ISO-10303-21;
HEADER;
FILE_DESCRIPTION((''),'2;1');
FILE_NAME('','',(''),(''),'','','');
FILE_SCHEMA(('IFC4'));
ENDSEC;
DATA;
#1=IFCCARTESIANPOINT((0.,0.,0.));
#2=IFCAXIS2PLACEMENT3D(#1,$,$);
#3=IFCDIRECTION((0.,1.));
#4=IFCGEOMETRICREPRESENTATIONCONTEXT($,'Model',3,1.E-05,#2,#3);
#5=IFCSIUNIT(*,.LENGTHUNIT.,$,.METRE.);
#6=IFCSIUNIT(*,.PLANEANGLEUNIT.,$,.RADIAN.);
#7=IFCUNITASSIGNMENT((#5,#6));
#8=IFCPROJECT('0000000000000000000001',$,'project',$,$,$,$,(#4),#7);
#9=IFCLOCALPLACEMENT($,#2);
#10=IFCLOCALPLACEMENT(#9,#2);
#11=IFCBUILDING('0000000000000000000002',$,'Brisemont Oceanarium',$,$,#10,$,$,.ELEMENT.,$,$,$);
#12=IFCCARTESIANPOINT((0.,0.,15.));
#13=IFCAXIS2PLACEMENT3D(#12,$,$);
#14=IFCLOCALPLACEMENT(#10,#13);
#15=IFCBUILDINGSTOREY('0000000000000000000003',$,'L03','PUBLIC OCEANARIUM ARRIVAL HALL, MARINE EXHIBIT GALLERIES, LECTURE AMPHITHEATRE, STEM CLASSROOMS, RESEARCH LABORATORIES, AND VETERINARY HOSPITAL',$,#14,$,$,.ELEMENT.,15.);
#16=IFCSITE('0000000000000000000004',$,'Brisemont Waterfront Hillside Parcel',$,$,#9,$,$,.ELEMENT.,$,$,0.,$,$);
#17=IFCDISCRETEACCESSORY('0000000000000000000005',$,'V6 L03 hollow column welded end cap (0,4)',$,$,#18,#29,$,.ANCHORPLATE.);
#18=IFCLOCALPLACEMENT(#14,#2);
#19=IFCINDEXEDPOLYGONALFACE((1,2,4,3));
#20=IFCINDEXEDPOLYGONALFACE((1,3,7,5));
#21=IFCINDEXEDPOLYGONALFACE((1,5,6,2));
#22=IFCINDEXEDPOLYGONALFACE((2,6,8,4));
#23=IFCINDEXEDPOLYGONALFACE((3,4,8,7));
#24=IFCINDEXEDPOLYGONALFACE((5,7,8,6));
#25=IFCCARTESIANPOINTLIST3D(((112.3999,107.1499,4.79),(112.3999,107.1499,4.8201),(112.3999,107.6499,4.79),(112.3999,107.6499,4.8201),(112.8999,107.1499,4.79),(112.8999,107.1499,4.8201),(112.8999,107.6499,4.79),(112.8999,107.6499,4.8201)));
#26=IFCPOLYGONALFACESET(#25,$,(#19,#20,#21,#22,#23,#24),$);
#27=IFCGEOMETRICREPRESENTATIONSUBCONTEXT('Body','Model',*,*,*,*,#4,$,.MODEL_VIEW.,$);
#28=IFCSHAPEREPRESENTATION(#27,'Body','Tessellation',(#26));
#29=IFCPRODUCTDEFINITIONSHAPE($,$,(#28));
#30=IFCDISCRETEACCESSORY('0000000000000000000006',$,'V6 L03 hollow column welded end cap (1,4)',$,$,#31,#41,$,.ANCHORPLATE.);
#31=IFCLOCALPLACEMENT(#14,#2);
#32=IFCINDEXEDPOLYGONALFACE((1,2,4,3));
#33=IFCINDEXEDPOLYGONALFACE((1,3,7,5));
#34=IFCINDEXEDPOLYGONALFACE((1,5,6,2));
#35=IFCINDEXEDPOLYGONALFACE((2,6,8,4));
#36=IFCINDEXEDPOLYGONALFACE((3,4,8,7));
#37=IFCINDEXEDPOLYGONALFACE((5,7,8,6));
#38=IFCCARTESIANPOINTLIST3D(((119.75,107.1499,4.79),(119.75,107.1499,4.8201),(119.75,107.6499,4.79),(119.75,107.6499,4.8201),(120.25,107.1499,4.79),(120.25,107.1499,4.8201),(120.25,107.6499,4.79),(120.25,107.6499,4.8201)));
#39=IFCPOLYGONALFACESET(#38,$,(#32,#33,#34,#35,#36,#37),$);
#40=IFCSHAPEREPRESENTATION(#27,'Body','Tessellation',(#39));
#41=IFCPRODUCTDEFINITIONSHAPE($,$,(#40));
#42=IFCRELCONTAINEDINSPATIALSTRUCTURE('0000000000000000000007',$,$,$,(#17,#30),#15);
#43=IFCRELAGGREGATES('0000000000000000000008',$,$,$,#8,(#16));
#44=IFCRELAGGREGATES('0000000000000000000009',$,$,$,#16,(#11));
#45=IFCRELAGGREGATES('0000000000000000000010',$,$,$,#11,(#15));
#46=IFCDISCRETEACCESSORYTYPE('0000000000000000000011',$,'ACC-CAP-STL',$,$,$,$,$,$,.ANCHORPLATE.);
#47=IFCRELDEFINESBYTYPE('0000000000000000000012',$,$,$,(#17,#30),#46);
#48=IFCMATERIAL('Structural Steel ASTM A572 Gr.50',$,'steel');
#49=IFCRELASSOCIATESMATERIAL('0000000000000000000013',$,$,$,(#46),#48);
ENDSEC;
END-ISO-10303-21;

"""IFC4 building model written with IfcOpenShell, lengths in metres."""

from ifc_helpers import new_model, si_unit, direction, frame, origin, origin_2d, place, context, subcontext, project, spatial, rectangle, extrude, material, type_object, element, save


model = new_model("IFC4")

# Units and contexts
model_context = context("Model", 3, precision=1e-05, world=origin(), true_north=direction((0.0, 1.0)))
body_context = subcontext(model_context, "Body", "Model", "MODEL_VIEW")
ifc_project = project(units=[si_unit("LENGTHUNIT", "METRE"), si_unit("PLANEANGLEUNIT", "RADIAN")], contexts=[model_context])

# Site, building, storey
site_placement = place(None, origin())
site = spatial("IfcSite", under=ifc_project, at=site_placement, Name="Brisemont Waterfront Hillside Parcel", CompositionType="ELEMENT", RefElevation=0.0)
building_placement = place(site_placement, origin())
building = spatial("IfcBuilding", under=site, at=building_placement, Name="Brisemont Oceanarium", CompositionType="ELEMENT")
storey_placement = place(building_placement, frame((0.0, 0.0, 15.0)))
storey = spatial("IfcBuildingStorey", under=building, at=storey_placement, Name="L03", Description="PUBLIC OCEANARIUM ARRIVAL HALL, MARINE EXHIBIT GALLERIES, LECTURE AMPHITHEATRE, STEM CLASSROOMS, RESEARCH LABORATORIES, AND VETERINARY HOSPITAL", CompositionType="ELEMENT", Elevation=15.0)

# Discrete accessories
ifc_material_1 = material(Name="Structural Steel ASTM A572 Gr.50", Category="steel")
discrete_accessory_type = type_object("IfcDiscreteAccessoryType", Name="ACC-CAP-STL", PredefinedType="ANCHORPLATE", material=ifc_material_1)
for number, where, z_axis, x_axis, name in (
    (1, (112.6499, 107.3999, 4.79), (0.0, 0.0, 1.0), (1.0, 0.0, 0.0), "V6 L03 hollow column welded end cap (0,4)"),
    (2, (120.0, 107.3999, 4.79), (0.0, 0.0, 1.0), (1.0, 0.0, 0.0), "V6 L03 hollow column welded end cap (1,4)"),
):
    element("IfcDiscreteAccessory", number, at=place(storey_placement, frame(where, z_axis=z_axis, x_axis=x_axis)), inside=storey, type_object=discrete_accessory_type, Name=name, PredefinedType="ANCHORPLATE", context=body_context, shape_type="SweptSolid", body=[
        extrude(rectangle(XDim=0.5, YDim=0.5, at=origin_2d()), origin(), (0.0, 0.0, 1.0), 0.03),
    ])

save(model, "model.ifc")
